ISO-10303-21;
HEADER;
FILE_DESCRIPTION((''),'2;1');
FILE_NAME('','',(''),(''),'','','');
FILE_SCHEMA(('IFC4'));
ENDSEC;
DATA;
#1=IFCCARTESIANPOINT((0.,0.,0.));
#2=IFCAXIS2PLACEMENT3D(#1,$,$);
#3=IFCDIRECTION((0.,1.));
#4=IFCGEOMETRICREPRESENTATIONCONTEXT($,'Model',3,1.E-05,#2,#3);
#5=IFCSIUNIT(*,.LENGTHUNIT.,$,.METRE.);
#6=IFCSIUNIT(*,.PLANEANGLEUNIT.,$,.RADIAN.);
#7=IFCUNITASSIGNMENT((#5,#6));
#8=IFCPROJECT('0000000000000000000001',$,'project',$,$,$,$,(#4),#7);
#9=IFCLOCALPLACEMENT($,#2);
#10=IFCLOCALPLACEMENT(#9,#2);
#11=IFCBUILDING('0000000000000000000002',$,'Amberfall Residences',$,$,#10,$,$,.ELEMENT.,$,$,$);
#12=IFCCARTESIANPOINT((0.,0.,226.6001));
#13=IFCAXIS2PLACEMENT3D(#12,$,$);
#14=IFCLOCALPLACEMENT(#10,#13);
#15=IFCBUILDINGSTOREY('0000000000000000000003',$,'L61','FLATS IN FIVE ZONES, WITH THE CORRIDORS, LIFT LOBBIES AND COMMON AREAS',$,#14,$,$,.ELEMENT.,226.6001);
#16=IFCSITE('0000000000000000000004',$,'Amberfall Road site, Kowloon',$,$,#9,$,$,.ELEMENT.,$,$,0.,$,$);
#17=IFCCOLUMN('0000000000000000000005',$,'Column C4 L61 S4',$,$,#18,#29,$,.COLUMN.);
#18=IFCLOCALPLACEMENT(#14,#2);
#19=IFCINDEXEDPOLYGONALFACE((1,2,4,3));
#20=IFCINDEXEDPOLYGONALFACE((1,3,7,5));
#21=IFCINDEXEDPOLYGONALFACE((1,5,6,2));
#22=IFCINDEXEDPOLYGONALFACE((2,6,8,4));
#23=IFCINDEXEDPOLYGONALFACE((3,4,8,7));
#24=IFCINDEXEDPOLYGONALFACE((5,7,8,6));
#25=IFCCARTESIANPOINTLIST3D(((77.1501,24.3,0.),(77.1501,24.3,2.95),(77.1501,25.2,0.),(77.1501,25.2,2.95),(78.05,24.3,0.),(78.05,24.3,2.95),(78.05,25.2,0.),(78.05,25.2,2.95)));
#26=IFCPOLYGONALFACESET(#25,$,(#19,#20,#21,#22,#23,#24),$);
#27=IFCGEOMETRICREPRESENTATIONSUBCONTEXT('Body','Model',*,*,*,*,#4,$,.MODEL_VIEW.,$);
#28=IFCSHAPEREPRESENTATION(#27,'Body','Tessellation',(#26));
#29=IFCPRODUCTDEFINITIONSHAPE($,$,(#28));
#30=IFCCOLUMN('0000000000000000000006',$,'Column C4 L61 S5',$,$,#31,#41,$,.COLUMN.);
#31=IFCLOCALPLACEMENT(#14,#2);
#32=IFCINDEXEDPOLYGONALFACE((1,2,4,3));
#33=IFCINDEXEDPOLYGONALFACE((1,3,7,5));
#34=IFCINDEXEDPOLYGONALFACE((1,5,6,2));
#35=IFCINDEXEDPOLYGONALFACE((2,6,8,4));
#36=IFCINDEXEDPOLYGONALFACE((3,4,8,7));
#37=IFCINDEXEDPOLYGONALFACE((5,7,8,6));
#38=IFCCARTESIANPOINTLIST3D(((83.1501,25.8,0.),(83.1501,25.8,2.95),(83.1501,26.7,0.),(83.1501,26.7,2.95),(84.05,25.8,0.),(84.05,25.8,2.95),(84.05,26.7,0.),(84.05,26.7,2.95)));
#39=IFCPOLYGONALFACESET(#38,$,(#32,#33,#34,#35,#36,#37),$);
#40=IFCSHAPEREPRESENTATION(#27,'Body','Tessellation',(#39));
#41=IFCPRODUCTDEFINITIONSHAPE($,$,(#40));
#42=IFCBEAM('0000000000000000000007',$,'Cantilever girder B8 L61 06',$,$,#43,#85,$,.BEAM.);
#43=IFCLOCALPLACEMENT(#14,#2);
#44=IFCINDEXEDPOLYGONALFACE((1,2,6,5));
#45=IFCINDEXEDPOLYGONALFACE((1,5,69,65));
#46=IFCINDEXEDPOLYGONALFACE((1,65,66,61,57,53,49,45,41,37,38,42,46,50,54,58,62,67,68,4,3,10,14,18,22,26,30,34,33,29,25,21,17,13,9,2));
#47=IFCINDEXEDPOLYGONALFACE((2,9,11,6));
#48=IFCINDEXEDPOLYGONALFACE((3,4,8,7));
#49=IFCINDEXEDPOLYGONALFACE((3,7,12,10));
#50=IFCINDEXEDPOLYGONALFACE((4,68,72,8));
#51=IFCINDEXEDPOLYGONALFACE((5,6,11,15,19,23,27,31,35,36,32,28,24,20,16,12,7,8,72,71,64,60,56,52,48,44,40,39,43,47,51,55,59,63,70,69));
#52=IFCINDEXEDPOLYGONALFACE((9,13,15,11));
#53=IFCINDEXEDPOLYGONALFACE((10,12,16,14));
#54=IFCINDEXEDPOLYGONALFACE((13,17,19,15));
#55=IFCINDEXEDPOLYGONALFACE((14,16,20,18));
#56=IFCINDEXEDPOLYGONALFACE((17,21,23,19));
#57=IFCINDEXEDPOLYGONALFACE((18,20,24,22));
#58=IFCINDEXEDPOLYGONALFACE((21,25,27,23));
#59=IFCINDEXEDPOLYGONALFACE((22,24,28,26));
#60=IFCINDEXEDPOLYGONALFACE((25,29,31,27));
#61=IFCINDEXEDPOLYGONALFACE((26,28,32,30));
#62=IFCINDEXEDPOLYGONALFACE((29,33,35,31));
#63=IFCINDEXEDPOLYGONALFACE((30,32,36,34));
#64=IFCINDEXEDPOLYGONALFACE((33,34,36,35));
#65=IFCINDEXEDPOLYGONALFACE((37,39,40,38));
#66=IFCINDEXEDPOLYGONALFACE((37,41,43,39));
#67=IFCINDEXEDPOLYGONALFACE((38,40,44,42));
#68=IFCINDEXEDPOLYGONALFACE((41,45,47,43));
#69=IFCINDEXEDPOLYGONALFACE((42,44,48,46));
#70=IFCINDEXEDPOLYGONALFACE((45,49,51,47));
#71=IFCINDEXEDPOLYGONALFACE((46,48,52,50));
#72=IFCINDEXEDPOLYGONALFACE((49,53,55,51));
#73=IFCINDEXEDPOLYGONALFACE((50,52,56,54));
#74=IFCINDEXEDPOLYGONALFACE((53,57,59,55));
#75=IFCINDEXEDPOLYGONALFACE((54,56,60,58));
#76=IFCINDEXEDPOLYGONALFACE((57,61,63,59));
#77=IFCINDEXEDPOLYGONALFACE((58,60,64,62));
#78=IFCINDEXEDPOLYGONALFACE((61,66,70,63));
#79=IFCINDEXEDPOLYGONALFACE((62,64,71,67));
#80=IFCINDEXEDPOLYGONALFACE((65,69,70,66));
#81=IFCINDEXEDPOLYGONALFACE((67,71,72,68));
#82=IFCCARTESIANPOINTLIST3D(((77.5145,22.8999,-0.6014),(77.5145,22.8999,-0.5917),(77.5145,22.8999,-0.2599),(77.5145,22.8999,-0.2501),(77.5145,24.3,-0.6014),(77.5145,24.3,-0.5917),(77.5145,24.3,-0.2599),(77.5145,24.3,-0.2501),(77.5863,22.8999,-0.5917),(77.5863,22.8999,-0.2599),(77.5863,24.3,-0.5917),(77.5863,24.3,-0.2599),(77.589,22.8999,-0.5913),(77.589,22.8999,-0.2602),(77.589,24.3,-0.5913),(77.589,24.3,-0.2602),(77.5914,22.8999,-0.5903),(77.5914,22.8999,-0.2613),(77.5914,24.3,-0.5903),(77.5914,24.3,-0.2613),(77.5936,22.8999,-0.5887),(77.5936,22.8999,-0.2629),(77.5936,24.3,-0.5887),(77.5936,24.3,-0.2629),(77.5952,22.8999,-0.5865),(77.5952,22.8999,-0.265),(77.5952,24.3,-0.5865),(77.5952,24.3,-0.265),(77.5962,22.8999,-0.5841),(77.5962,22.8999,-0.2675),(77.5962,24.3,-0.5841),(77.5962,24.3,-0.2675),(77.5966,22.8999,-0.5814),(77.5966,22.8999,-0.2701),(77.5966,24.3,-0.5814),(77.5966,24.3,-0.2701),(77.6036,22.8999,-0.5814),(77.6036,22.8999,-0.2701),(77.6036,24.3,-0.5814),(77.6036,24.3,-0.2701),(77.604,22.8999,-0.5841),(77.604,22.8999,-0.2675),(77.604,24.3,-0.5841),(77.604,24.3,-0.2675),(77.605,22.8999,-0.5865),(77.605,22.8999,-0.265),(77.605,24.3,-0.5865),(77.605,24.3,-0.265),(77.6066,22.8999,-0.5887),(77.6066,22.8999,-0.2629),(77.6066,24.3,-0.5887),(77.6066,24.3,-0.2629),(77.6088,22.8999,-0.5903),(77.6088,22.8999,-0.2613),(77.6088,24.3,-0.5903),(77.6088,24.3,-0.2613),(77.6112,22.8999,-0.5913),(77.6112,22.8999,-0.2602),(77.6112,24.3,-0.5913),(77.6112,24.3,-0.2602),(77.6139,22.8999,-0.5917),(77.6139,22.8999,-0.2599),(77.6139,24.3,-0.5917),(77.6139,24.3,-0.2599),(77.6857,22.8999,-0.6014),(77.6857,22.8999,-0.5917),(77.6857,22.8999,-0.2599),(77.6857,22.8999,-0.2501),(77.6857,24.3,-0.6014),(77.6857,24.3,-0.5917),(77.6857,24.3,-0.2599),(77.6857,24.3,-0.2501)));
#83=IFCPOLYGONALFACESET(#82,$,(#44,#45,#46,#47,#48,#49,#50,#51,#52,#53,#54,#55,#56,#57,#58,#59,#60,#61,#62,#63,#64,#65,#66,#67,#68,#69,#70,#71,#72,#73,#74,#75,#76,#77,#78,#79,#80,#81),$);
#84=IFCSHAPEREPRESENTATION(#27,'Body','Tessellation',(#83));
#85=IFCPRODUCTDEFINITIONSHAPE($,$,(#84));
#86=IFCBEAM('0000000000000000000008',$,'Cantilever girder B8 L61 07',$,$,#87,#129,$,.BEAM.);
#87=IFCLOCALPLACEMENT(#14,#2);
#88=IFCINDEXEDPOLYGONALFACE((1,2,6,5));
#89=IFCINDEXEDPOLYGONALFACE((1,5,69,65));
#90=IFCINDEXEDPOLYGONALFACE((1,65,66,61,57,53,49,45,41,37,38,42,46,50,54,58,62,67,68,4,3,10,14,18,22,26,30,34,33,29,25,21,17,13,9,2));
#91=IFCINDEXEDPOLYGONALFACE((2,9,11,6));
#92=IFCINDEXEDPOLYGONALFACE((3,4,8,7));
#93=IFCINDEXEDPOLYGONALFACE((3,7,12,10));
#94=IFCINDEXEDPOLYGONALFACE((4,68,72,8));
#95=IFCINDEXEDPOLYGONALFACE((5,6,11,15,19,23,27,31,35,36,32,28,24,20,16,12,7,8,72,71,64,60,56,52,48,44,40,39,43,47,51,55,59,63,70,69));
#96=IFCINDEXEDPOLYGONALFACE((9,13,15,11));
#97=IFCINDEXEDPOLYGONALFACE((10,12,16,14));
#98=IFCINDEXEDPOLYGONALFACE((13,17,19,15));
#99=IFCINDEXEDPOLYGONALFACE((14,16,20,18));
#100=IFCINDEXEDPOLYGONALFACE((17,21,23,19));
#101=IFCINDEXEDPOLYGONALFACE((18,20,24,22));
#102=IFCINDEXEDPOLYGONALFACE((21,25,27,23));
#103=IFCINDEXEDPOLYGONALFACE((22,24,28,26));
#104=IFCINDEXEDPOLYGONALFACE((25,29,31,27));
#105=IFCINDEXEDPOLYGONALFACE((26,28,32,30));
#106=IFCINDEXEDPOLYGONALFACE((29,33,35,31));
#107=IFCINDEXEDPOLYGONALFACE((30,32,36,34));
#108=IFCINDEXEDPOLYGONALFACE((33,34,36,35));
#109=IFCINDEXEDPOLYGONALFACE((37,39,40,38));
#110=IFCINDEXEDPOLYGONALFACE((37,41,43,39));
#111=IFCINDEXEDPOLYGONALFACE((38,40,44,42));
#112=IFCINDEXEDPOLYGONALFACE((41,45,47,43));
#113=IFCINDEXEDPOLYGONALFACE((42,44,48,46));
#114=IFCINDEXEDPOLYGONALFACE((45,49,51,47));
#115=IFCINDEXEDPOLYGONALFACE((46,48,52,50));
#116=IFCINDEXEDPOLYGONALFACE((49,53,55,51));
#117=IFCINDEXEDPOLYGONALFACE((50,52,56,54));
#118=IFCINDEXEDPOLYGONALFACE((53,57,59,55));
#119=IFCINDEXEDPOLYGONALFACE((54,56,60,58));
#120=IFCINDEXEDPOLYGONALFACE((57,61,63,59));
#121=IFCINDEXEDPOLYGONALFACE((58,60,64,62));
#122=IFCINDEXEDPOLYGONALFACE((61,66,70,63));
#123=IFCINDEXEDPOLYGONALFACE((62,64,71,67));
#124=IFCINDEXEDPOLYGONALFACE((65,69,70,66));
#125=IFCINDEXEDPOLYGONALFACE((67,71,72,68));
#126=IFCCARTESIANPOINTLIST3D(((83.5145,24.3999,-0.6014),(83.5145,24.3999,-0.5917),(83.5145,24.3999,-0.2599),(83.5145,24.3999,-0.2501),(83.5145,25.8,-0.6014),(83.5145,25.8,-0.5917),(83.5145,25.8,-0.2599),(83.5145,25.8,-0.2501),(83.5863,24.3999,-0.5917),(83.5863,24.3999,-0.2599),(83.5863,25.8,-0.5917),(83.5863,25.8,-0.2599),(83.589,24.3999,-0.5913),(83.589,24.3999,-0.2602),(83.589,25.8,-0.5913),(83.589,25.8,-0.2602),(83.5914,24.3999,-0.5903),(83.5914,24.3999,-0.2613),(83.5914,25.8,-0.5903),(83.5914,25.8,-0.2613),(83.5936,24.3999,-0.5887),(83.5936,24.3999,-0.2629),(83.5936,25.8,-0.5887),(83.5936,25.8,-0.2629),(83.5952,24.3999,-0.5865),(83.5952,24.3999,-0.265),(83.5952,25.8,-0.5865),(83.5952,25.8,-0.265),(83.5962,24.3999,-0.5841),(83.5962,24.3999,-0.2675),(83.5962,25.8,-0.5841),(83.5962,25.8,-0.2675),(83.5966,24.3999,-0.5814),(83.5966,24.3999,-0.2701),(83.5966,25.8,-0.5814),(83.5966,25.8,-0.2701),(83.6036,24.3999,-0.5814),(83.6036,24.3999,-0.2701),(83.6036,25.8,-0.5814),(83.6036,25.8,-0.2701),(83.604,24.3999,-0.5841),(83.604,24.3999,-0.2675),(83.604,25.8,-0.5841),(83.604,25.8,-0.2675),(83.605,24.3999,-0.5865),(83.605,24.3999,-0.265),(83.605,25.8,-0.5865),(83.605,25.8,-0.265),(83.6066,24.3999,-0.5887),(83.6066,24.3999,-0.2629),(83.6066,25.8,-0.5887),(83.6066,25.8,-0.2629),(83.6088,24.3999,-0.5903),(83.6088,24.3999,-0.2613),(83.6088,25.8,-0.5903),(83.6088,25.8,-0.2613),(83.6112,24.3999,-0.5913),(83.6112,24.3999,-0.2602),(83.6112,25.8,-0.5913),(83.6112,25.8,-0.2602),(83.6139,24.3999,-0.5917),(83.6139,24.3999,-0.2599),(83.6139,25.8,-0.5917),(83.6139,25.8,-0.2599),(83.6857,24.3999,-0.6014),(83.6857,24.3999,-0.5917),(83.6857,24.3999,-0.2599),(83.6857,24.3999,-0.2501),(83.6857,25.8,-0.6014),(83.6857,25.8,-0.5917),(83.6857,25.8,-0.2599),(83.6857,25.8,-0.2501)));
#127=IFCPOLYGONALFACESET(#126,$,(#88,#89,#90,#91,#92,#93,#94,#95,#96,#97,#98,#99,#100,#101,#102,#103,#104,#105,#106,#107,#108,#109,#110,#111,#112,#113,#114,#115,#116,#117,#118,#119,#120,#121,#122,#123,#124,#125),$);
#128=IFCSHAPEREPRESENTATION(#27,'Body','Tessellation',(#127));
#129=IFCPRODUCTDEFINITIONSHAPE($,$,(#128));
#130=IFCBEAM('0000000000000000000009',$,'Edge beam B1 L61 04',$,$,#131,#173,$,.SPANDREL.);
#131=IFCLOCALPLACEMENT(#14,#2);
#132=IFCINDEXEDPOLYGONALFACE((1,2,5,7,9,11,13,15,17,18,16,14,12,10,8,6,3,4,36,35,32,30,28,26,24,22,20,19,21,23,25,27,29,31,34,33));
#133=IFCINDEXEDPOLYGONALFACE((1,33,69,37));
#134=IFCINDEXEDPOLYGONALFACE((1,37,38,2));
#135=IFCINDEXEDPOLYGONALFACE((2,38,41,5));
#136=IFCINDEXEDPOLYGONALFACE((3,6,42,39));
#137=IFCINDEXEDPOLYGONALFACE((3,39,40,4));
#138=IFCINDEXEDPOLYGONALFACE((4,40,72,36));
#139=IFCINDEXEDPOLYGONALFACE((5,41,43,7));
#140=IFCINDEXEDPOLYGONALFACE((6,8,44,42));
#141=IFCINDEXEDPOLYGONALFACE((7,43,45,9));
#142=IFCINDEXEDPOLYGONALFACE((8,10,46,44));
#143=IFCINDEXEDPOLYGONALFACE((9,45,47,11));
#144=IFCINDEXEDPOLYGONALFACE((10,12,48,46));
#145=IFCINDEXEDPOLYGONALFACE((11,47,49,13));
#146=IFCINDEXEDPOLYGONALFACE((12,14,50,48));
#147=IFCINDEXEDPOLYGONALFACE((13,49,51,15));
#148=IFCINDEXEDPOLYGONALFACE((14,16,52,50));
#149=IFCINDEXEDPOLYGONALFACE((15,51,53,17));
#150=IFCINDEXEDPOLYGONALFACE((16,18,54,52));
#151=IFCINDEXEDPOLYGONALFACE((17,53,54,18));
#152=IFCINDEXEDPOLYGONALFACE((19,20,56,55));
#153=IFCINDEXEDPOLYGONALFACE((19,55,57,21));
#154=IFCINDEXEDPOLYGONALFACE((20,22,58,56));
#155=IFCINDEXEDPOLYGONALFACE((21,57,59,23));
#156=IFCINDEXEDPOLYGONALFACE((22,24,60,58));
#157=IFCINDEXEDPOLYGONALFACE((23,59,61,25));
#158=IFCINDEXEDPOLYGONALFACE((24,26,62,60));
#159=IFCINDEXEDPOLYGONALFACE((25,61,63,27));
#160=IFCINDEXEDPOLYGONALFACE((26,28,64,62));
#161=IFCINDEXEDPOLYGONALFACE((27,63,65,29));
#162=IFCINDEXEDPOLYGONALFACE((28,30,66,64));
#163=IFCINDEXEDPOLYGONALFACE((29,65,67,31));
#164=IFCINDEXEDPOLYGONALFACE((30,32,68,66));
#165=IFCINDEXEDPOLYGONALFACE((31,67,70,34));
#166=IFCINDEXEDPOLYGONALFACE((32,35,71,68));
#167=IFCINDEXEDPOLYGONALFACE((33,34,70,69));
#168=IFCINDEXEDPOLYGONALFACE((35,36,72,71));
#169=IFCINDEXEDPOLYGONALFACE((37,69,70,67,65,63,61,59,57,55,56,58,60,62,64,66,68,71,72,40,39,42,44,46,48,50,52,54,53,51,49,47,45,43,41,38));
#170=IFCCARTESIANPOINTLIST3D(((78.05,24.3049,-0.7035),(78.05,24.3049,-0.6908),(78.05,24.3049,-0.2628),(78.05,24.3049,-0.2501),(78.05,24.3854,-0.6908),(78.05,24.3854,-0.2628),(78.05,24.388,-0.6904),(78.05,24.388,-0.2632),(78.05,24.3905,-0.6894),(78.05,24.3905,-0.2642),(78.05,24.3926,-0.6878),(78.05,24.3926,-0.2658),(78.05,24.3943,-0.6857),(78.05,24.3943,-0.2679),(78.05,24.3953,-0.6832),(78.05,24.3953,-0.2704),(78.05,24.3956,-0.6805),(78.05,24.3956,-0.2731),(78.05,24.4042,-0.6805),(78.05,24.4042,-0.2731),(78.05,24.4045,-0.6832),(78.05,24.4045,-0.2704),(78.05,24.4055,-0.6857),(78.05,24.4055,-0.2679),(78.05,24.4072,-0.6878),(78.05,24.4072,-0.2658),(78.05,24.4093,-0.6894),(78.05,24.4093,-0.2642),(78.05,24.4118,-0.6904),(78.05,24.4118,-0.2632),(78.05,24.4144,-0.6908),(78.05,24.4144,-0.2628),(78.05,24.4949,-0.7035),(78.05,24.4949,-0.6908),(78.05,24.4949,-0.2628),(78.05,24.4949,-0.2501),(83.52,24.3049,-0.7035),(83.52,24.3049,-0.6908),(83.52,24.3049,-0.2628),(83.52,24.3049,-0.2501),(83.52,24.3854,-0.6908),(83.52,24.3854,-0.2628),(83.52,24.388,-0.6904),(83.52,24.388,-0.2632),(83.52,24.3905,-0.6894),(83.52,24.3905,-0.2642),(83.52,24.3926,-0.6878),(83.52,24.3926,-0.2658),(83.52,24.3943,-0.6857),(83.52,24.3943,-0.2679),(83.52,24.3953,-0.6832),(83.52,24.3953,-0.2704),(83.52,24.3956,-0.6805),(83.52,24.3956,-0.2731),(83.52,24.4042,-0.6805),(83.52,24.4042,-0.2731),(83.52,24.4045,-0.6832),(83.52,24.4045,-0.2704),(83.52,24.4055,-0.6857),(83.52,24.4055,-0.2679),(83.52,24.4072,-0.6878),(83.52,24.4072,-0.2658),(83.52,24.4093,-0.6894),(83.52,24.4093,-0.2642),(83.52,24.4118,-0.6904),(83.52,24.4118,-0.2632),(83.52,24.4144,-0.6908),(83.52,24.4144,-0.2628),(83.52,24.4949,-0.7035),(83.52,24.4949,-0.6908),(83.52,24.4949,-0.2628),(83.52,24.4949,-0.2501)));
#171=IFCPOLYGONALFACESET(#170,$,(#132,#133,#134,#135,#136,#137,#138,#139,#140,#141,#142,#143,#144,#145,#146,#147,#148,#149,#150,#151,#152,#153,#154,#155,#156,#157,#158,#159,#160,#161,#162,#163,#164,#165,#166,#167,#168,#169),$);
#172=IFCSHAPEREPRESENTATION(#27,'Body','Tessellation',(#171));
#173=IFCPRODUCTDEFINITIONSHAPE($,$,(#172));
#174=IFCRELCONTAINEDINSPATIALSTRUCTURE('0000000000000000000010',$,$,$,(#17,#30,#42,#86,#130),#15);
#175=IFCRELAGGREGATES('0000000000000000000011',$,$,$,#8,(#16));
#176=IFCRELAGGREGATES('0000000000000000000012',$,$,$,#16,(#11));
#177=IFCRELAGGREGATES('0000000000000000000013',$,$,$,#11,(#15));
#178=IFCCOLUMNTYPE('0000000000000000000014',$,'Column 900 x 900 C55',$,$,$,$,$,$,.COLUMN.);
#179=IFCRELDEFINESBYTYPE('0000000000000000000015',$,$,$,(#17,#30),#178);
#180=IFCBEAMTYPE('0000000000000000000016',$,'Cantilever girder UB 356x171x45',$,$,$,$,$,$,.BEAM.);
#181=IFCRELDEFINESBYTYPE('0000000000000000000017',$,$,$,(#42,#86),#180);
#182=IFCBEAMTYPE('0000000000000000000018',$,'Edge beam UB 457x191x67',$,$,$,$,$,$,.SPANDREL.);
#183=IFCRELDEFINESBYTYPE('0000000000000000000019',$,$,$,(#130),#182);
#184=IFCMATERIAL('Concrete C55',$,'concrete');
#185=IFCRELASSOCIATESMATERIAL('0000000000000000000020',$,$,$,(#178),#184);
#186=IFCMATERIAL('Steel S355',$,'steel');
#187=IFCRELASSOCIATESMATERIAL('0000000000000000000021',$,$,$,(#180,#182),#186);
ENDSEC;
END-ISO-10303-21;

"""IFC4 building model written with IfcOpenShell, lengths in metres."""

from ifc_helpers import new_model, si_unit, direction, frame, origin, origin_2d, place, context, subcontext, project, spatial, rectangle, i_section, extrude, material, material_profile, profile_set, type_object, element, save


model = new_model("IFC4")

# Units and contexts
model_context = context("Model", 3, precision=1e-05, world=origin(), true_north=direction((0.0, 1.0)))
body_context = subcontext(model_context, "Body", "Model", "MODEL_VIEW")
ifc_project = project(units=[si_unit("LENGTHUNIT", "METRE"), si_unit("PLANEANGLEUNIT", "RADIAN")], contexts=[model_context])

# Site, building, storey
site_placement = place(None, origin())
site = spatial("IfcSite", under=ifc_project, at=site_placement, Name="Amberfall Road site, Kowloon", CompositionType="ELEMENT", RefElevation=0.0)
building_placement = place(site_placement, origin())
building = spatial("IfcBuilding", under=site, at=building_placement, Name="Amberfall Residences", CompositionType="ELEMENT")
storey_placement = place(building_placement, frame((0.0, 0.0, 226.6001)))
storey = spatial("IfcBuildingStorey", under=building, at=storey_placement, Name="L61", Description="FLATS IN FIVE ZONES, WITH THE CORRIDORS, LIFT LOBBIES AND COMMON AREAS", CompositionType="ELEMENT", Elevation=226.6001)

# Columns
ifc_material_1 = material(Name="Concrete C55", Category="concrete")
ifc_material_profile_1 = material_profile(ifc_material_1, rectangle(XDim=0.8999, YDim=0.8999, at=origin_2d()), Name="Column 900 x 900 C55")
ifc_profile_set_1 = profile_set([ifc_material_profile_1], Name="Concrete C55")
column_type = type_object("IfcColumnType", Name="Column 900 x 900 C55", PredefinedType="COLUMN", material=ifc_profile_set_1)
for number, where, z_axis, x_axis, name in (
    (1, (77.6001, 24.75, 0.0), (0.0, 0.0, 1.0), (1.0, 0.0, 0.0), "Column C4 L61 S4"),
    (2, (83.6001, 26.25, 0.0), (0.0, 0.0, 1.0), (1.0, 0.0, 0.0), "Column C4 L61 S5"),
):
    element("IfcColumn", number, at=place(storey_placement, frame(where, z_axis=z_axis, x_axis=x_axis)), inside=storey, type_object=column_type, Name=name, PredefinedType="COLUMN", context=body_context, shape_type="SweptSolid", body=[
        extrude(rectangle(XDim=0.8999, YDim=0.8999, at=origin_2d()), origin(), (0.0, 0.0, 1.0), 2.95),
    ])

# Beams
ifc_material_2 = material(Name="Steel S355", Category="steel")
ifc_material_profile_2 = material_profile(ifc_material_2, i_section(OverallWidth=0.1711, OverallDepth=0.3513, WebThickness=0.0071, FlangeThickness=0.0098, FilletRadius=0.0103, at=origin_2d()), Name="UB 356x171x45")
ifc_profile_set_2 = profile_set([ifc_material_profile_2], Name="Steel S355")
beam_type_1 = type_object("IfcBeamType", Name="Cantilever girder UB 356x171x45", PredefinedType="BEAM", material=ifc_profile_set_2)
for number, where, z_axis, x_axis, name in (
    (3, (77.6001, 24.3, -0.4258), (0.0, -1.0, 0.0), (1.0, 0.0, 0.0), "Cantilever girder B8 L61 06"),
    (4, (83.6001, 25.8, -0.4258), (0.0, -1.0, 0.0), (1.0, 0.0, 0.0), "Cantilever girder B8 L61 07"),
):
    element("IfcBeam", number, at=place(storey_placement, frame(where, z_axis=z_axis, x_axis=x_axis)), inside=storey, type_object=beam_type_1, Name=name, PredefinedType="BEAM", context=body_context, shape_type="SweptSolid", body=[
        extrude(i_section(OverallWidth=0.1711, OverallDepth=0.3513, WebThickness=0.0071, FlangeThickness=0.0098, FilletRadius=0.0103, at=origin_2d()), origin(), (0.0, 0.0, 1.0), 1.4001),
    ])
ifc_material_profile_3 = material_profile(ifc_material_2, i_section(OverallWidth=0.1899, OverallDepth=0.4534, WebThickness=0.0085, FlangeThickness=0.0127, FilletRadius=0.0103, at=origin_2d()), Name="UB 457x191x67")
ifc_profile_set_3 = profile_set([ifc_material_profile_3], Name="Steel S355")
beam_type_2 = type_object("IfcBeamType", Name="Edge beam UB 457x191x67", PredefinedType="SPANDREL", material=ifc_profile_set_3)
beam_1_placement = place(storey_placement, frame((78.05, 24.3999, -0.4768), z_axis=(1.0, 0.0, 0.0), x_axis=(0.0, 1.0, 0.0)))
element("IfcBeam", 5, at=beam_1_placement, inside=storey, type_object=beam_type_2, Name="Edge beam B1 L61 04", PredefinedType="SPANDREL", context=body_context, shape_type="SweptSolid", body=[
    extrude(i_section(OverallWidth=0.1899, OverallDepth=0.4534, WebThickness=0.0085, FlangeThickness=0.0127, FilletRadius=0.0103, at=origin_2d()), origin(), (0.0, 0.0, 1.0), 5.47),
])

save(model, "model.ifc")
